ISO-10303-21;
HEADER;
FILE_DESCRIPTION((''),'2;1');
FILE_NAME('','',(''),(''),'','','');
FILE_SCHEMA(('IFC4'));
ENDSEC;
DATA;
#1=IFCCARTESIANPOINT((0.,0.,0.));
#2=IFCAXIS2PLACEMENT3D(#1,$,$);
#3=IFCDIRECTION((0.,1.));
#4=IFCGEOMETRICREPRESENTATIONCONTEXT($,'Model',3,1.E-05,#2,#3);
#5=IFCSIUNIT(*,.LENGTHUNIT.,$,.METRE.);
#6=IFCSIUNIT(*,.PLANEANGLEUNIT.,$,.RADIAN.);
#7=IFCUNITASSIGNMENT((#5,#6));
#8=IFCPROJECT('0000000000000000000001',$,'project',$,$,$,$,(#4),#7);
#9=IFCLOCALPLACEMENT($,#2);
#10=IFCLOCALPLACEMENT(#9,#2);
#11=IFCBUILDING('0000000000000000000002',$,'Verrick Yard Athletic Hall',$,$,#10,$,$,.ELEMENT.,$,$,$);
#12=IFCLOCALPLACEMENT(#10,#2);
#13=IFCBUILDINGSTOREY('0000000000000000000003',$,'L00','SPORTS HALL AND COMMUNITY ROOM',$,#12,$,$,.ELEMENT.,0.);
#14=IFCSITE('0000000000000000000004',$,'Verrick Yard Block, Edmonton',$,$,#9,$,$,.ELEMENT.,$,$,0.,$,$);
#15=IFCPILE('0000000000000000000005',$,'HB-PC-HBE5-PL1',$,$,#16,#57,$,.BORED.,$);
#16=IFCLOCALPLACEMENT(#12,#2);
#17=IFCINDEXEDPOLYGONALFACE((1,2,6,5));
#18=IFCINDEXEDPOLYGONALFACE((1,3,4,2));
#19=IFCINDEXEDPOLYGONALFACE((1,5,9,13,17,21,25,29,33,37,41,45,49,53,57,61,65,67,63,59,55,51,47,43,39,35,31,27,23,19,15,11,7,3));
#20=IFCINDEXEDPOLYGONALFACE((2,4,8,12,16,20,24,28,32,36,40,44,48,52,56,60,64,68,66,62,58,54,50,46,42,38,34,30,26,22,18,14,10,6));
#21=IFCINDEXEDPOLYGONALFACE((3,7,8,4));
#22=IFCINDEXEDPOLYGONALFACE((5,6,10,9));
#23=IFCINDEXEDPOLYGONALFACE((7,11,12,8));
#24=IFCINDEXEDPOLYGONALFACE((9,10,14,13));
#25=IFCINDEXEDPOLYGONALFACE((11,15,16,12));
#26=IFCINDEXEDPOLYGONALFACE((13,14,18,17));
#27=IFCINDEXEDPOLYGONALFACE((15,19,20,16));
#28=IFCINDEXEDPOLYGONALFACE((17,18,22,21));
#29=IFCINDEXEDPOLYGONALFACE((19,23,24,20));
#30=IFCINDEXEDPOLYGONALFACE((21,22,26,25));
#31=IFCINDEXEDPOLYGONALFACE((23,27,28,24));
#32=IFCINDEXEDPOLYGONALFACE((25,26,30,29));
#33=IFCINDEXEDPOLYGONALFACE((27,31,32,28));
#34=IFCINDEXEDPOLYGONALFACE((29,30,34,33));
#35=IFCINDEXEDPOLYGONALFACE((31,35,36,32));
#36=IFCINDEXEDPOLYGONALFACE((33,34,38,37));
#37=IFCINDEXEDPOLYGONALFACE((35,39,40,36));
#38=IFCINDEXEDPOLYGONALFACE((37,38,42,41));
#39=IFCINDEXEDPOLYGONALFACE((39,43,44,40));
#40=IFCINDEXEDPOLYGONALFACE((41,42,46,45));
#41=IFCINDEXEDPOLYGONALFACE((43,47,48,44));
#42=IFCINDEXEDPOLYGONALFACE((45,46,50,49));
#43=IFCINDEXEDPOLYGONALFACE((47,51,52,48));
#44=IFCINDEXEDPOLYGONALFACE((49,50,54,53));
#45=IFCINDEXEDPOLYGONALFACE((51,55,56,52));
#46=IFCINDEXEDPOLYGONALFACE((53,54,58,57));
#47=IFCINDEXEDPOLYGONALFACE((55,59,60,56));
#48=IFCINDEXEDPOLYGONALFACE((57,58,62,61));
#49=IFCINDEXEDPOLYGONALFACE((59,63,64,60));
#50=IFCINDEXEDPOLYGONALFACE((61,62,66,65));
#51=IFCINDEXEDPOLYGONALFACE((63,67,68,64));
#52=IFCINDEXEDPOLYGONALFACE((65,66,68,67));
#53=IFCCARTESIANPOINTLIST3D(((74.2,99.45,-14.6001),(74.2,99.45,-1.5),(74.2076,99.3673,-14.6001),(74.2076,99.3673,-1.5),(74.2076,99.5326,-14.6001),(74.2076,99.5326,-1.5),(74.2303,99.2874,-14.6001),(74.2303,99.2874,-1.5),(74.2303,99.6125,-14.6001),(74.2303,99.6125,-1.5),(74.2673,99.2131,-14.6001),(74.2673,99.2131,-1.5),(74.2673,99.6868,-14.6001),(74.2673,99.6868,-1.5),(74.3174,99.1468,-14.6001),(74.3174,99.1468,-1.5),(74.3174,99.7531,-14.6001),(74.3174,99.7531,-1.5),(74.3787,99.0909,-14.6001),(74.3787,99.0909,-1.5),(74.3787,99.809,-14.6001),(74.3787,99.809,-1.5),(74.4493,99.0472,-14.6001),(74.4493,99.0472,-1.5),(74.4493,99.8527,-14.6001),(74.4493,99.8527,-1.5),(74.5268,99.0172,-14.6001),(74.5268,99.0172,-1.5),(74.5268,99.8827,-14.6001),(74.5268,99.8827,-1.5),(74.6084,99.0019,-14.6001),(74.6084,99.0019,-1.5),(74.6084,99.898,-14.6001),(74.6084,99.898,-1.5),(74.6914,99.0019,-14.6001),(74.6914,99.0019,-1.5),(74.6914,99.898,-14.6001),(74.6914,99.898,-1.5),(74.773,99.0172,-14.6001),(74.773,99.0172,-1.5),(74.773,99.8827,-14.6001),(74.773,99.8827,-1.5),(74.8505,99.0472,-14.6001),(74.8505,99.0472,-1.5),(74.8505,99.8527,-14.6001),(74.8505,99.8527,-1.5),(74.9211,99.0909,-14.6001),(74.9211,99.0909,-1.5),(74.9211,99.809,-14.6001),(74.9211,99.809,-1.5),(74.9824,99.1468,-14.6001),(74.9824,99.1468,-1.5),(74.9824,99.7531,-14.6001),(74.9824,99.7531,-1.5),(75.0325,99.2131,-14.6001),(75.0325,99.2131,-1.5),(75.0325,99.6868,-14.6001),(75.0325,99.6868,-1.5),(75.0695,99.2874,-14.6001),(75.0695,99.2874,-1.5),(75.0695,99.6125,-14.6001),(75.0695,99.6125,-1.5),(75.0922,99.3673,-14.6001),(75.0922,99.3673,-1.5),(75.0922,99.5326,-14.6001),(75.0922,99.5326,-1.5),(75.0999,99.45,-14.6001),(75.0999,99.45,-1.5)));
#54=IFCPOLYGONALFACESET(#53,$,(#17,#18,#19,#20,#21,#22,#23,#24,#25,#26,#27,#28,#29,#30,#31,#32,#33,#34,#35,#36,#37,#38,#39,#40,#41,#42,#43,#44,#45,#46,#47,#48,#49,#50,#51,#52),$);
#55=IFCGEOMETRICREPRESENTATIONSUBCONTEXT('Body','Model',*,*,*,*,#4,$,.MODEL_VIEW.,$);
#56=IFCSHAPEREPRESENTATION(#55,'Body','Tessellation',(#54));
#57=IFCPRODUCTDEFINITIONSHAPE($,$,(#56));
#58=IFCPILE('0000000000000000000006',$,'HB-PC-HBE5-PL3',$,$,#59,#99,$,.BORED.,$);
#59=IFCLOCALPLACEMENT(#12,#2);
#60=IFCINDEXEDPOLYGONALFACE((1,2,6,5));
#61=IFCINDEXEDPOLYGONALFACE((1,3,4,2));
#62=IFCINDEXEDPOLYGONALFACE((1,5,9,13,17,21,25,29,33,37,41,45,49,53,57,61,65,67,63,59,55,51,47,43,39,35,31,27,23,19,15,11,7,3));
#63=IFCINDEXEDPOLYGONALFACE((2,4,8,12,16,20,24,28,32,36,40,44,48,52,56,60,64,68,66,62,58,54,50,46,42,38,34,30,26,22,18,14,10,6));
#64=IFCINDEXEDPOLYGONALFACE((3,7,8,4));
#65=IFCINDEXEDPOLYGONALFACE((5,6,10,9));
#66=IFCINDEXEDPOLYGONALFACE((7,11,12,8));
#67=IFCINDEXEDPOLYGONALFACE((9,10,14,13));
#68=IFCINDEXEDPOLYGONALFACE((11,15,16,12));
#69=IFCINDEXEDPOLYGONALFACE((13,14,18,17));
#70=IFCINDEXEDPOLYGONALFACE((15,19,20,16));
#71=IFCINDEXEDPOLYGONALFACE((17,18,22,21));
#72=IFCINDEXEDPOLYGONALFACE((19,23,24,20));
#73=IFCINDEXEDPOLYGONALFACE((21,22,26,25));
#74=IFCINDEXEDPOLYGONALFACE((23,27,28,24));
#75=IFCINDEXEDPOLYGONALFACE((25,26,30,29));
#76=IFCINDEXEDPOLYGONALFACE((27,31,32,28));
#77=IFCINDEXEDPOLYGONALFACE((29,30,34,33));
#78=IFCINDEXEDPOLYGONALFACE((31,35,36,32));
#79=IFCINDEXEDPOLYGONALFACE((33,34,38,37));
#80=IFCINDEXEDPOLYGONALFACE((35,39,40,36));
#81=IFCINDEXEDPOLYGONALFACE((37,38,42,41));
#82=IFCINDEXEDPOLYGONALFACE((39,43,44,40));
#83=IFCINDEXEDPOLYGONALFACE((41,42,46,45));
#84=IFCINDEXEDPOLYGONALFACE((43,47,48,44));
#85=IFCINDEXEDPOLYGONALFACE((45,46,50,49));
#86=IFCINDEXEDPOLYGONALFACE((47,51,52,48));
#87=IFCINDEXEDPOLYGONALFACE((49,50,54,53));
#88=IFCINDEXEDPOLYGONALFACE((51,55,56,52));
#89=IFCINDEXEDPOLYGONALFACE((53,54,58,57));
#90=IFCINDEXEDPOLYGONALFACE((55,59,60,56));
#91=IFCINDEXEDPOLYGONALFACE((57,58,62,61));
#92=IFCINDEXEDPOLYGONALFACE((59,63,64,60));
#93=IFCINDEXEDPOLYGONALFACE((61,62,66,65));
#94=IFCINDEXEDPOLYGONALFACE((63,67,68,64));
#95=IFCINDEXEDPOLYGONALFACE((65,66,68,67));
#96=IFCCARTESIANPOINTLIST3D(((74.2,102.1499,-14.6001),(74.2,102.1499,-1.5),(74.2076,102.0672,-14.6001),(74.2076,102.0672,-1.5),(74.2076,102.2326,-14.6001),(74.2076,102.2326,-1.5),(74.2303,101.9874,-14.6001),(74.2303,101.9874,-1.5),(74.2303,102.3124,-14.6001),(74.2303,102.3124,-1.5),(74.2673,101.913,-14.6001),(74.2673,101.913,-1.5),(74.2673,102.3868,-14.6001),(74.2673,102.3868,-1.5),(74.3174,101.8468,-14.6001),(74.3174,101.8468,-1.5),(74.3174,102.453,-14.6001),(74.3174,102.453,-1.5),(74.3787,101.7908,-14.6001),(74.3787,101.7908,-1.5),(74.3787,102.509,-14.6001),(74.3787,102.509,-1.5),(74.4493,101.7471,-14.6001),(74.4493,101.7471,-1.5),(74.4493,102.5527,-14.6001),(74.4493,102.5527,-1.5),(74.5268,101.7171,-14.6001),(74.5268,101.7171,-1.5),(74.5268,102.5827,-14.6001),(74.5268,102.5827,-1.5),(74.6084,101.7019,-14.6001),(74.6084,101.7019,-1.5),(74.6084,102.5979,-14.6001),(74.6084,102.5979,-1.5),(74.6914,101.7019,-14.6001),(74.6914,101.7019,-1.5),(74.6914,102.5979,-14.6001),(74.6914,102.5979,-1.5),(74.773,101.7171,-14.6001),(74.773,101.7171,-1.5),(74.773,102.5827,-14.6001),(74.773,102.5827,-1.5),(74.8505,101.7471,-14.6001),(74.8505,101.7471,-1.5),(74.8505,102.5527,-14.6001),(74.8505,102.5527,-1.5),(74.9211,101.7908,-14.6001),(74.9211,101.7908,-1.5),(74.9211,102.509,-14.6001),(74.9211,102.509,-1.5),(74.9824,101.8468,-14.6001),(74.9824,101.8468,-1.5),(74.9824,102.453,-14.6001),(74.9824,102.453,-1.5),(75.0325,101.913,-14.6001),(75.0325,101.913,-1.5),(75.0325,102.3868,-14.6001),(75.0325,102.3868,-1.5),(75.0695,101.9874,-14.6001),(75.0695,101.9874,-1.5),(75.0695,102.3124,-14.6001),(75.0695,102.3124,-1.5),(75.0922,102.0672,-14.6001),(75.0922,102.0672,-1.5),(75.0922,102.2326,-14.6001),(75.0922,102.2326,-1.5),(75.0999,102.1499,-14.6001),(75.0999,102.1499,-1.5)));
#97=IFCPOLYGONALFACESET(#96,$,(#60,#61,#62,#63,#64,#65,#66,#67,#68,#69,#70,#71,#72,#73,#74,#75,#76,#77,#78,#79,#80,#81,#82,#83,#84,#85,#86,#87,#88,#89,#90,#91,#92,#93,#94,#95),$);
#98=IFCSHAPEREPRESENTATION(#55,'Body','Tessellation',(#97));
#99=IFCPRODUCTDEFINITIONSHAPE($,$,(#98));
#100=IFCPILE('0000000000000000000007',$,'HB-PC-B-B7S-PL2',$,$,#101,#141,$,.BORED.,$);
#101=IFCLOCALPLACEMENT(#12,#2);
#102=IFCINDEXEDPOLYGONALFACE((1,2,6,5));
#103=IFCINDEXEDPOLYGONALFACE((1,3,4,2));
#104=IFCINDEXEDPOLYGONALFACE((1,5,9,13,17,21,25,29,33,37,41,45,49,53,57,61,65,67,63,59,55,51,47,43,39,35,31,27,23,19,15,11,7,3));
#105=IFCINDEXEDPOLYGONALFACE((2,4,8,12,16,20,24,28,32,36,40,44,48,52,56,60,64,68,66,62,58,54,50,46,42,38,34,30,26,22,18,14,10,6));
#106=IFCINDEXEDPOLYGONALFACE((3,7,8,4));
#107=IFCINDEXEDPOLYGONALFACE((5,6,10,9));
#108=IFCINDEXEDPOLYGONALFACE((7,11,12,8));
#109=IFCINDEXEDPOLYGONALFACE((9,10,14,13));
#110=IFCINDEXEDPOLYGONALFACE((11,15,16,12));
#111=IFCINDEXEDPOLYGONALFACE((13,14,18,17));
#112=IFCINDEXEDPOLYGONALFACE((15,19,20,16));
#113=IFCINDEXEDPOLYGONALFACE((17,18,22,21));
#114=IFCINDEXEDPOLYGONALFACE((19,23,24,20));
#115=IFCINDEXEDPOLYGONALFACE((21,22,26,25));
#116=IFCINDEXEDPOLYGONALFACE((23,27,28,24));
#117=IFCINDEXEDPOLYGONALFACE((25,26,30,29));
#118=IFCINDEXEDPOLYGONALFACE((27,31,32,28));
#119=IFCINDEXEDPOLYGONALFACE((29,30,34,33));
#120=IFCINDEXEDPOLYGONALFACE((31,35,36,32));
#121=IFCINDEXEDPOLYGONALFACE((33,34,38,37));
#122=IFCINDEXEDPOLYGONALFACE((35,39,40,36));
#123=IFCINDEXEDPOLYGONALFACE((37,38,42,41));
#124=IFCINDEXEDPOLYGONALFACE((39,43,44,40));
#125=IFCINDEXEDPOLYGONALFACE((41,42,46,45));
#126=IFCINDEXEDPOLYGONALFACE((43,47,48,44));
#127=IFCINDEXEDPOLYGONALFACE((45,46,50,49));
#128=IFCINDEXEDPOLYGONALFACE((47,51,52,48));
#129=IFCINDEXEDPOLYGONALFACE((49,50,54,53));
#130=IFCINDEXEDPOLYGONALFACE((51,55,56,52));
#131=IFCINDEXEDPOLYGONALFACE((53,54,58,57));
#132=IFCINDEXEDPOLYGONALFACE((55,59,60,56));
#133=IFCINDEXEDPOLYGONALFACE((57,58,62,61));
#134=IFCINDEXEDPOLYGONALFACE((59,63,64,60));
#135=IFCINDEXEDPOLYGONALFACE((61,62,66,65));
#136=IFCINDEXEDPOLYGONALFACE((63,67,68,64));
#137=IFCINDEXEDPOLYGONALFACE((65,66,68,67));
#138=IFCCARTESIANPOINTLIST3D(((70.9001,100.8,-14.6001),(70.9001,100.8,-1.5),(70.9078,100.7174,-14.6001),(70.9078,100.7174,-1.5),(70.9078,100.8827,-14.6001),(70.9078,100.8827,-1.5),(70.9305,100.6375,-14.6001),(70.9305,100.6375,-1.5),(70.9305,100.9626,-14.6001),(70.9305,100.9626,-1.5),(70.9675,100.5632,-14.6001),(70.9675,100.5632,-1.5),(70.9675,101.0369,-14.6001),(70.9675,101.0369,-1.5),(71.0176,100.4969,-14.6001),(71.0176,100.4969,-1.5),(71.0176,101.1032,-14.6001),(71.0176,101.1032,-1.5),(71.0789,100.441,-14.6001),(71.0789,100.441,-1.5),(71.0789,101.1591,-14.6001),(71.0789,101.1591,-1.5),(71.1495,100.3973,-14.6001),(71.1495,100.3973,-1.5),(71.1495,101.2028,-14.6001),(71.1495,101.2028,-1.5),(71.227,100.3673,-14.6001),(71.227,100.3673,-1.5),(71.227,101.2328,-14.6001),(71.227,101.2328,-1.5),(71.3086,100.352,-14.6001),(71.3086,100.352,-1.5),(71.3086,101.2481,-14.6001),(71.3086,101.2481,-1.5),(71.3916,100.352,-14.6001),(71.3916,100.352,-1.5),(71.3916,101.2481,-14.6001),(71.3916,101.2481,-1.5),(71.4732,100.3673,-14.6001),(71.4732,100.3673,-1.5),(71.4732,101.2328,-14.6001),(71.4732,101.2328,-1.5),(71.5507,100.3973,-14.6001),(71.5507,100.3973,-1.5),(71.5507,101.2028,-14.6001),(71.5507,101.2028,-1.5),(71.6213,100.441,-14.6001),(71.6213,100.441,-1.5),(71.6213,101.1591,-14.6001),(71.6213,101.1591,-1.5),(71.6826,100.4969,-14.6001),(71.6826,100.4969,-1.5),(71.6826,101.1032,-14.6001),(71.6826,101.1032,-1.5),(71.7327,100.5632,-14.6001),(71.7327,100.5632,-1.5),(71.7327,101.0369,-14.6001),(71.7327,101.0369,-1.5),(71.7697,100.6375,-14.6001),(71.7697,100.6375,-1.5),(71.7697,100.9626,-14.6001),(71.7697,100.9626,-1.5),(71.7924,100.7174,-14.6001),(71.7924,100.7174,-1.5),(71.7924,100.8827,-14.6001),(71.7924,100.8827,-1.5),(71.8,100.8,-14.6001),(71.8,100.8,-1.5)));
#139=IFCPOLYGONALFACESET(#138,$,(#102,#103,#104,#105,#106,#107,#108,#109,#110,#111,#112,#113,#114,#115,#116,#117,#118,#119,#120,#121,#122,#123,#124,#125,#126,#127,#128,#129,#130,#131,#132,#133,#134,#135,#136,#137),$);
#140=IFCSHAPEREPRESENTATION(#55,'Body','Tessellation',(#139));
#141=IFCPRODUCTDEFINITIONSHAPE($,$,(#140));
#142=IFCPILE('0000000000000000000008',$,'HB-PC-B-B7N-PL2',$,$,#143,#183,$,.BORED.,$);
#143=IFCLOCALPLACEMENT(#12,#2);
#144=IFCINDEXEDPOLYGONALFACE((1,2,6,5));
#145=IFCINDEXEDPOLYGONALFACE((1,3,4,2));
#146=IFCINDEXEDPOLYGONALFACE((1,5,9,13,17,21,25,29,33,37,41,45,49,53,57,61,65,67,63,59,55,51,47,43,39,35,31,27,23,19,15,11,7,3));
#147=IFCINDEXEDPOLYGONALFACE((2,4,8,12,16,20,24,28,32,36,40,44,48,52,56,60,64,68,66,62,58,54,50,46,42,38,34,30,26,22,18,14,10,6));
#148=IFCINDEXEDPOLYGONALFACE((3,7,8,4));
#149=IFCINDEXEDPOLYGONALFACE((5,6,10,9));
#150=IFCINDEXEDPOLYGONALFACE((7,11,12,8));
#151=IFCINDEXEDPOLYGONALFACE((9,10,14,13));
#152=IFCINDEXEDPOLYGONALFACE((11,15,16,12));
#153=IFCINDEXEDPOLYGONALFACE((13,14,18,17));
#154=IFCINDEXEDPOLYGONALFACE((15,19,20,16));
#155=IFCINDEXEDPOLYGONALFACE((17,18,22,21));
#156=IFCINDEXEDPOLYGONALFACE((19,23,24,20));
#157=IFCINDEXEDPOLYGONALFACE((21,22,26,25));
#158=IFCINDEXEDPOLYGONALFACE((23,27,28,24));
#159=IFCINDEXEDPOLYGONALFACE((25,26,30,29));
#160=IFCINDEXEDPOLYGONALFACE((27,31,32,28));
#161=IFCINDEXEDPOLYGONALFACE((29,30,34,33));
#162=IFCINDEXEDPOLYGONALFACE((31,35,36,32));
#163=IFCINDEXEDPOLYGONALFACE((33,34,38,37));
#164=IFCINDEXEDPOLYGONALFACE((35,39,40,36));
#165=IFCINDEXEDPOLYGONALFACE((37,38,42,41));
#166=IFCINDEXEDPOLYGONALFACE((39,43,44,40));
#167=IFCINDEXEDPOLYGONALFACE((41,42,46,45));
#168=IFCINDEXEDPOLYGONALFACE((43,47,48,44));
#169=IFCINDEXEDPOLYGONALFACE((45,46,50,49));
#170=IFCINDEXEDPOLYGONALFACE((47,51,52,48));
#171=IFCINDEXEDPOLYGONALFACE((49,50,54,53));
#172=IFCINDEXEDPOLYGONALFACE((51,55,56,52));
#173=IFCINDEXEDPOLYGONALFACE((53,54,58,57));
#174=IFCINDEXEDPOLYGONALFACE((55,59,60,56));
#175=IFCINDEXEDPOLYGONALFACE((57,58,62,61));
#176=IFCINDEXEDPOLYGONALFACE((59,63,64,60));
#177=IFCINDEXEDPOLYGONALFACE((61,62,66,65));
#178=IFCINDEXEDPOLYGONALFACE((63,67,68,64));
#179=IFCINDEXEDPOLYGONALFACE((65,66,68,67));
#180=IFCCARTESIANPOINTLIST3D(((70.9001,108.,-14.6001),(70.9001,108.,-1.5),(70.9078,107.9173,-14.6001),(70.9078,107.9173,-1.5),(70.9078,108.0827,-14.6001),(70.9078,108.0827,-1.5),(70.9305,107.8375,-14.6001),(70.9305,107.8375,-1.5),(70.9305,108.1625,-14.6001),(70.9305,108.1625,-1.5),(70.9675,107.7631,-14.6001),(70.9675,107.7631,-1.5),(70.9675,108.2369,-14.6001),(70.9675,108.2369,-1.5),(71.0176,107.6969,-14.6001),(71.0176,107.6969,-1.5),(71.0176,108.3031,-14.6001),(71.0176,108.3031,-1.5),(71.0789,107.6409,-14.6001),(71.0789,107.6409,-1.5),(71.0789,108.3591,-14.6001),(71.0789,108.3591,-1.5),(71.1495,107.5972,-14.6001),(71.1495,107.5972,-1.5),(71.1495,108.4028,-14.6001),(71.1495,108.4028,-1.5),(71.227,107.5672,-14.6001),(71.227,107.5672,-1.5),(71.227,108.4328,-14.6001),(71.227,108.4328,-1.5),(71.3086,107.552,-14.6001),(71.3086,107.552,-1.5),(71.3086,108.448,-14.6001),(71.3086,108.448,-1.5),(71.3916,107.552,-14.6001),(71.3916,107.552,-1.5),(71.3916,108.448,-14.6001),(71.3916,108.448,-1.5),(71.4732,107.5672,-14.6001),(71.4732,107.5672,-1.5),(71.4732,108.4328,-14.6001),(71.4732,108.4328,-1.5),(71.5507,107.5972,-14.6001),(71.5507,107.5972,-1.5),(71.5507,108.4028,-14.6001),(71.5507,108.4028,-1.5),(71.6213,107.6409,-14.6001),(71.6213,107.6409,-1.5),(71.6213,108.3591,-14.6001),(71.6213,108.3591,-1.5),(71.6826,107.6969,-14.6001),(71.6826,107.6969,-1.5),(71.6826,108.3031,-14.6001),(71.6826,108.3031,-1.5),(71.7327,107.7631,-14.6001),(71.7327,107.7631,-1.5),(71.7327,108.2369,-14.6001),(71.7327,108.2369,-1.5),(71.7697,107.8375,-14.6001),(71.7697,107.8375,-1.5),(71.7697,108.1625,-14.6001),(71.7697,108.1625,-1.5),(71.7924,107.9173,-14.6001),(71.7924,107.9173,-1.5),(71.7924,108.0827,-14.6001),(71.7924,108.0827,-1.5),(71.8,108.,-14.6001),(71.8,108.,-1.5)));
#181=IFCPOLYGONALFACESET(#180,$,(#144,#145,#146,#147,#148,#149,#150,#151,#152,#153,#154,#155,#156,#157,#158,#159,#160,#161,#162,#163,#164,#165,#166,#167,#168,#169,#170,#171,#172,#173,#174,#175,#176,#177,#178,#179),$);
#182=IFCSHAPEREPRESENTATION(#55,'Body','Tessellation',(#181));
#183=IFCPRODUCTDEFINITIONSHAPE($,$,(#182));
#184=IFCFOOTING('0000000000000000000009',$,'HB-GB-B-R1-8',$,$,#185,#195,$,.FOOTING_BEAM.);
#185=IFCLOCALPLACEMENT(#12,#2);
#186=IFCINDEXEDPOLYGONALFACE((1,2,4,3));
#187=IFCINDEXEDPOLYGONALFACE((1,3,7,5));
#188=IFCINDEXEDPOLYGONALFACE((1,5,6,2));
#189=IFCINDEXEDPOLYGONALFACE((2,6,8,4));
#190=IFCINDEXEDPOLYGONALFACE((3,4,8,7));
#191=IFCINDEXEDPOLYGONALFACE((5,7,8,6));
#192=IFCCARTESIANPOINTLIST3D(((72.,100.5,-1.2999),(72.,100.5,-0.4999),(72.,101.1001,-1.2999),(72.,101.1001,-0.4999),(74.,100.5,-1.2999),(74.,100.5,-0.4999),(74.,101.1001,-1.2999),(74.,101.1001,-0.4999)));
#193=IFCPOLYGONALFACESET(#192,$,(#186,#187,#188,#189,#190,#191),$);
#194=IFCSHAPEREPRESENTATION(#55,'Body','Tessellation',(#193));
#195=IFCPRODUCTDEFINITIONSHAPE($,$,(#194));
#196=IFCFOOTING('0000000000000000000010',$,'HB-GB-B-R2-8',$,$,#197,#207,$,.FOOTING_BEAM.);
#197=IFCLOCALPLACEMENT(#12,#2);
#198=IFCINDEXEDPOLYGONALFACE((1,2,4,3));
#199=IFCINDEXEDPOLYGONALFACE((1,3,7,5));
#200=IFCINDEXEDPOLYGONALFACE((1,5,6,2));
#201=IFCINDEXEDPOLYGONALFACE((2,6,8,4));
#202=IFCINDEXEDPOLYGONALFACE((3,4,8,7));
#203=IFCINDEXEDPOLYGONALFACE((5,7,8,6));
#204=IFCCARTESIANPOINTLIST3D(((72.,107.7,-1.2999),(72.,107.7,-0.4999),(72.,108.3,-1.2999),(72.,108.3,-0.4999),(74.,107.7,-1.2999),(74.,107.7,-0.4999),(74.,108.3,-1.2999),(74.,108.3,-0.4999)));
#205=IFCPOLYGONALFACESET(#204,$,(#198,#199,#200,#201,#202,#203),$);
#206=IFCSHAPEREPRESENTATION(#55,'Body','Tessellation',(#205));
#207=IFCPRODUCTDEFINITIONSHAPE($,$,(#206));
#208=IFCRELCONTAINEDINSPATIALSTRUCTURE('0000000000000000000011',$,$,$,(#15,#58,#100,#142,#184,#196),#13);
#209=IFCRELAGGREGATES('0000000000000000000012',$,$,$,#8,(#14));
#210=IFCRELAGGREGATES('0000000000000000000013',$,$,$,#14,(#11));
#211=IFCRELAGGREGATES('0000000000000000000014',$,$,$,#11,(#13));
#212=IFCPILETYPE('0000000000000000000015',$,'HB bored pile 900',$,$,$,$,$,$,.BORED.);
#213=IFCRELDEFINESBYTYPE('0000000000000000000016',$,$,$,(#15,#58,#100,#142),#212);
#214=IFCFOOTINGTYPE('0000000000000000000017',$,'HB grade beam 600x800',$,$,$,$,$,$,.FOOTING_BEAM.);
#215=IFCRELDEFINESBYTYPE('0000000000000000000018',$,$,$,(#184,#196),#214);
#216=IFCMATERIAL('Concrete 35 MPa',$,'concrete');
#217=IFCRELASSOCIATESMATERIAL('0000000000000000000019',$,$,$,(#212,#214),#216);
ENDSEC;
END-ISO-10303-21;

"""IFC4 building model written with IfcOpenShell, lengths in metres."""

from ifc_helpers import new_model, si_unit, direction, frame, origin, origin_2d, place, context, subcontext, project, spatial, rectangle, circle, extrude, material, material_profile, profile_set, type_object, element, save


model = new_model("IFC4")

# Units and contexts
model_context = context("Model", 3, precision=1e-05, world=origin(), true_north=direction((0.0, 1.0)))
body_context = subcontext(model_context, "Body", "Model", "MODEL_VIEW")
ifc_project = project(units=[si_unit("LENGTHUNIT", "METRE"), si_unit("PLANEANGLEUNIT", "RADIAN")], contexts=[model_context])

# Site, building, storey
site_placement = place(None, origin())
site = spatial("IfcSite", under=ifc_project, at=site_placement, Name="Verrick Yard Block, Edmonton", CompositionType="ELEMENT", RefElevation=0.0)
building_placement = place(site_placement, origin())
building = spatial("IfcBuilding", under=site, at=building_placement, Name="Verrick Yard Athletic Hall", CompositionType="ELEMENT")
storey_placement = place(building_placement, origin())
storey = spatial("IfcBuildingStorey", under=building, at=storey_placement, Name="L00", Description="SPORTS HALL AND COMMUNITY ROOM", CompositionType="ELEMENT", Elevation=0.0)

# Piles
ifc_material_1 = material(Name="Concrete 35 MPa", Category="concrete")
ifc_material_profile_1 = material_profile(ifc_material_1, circle(Radius=0.45, at=origin_2d()), Name="Bored pile 900")
ifc_profile_set_1 = profile_set([ifc_material_profile_1], Name="Concrete 35 MPa")
pile_type = type_object("IfcPileType", Name="HB bored pile 900", PredefinedType="BORED", material=ifc_profile_set_1)
for number, where, z_axis, x_axis, name in (
    (1, (74.6499, 99.45, -1.5), (0.0, 0.0, -1.0), (1.0, 0.0, 0.0), "HB-PC-HBE5-PL1"),
    (2, (74.6499, 102.1499, -1.5), (0.0, 0.0, -1.0), (1.0, 0.0, 0.0), "HB-PC-HBE5-PL3"),
    (3, (71.3501, 100.8, -1.5), (0.0, 0.0, -1.0), (1.0, 0.0, 0.0), "HB-PC-B-B7S-PL2"),
    (4, (71.3501, 108.0, -1.5), (0.0, 0.0, -1.0), (1.0, 0.0, 0.0), "HB-PC-B-B7N-PL2"),
):
    element("IfcPile", number, at=place(storey_placement, frame(where, z_axis=z_axis, x_axis=x_axis)), inside=storey, type_object=pile_type, Name=name, PredefinedType="BORED", context=body_context, shape_type="SweptSolid", body=[
        extrude(circle(Radius=0.45, at=origin_2d()), origin(), (0.0, 0.0, 1.0), 13.1001),
    ])

# Footings
ifc_material_profile_2 = material_profile(ifc_material_1, rectangle(XDim=0.6001, YDim=0.8, at=origin_2d()), Name="Grade beam 600x800")
ifc_profile_set_2 = profile_set([ifc_material_profile_2], Name="Concrete 35 MPa")
footing_type = type_object("IfcFootingType", Name="HB grade beam 600x800", PredefinedType="FOOTING_BEAM", material=ifc_profile_set_2)
for number, where, z_axis, x_axis, name in (
    (5, (72.0, 100.8, -0.8999), (1.0, 0.0, 0.0), (0.0, 1.0, 0.0), "HB-GB-B-R1-8"),
    (6, (72.0, 108.0, -0.8999), (1.0, 0.0, 0.0), (0.0, 1.0, 0.0), "HB-GB-B-R2-8"),
):
    element("IfcFooting", number, at=place(storey_placement, frame(where, z_axis=z_axis, x_axis=x_axis)), inside=storey, type_object=footing_type, Name=name, PredefinedType="FOOTING_BEAM", context=body_context, shape_type="SweptSolid", body=[
        extrude(rectangle(XDim=0.6001, YDim=0.8, at=origin_2d()), origin(), (0.0, 0.0, 1.0), 2.0),
    ])

save(model, "model.ifc")
